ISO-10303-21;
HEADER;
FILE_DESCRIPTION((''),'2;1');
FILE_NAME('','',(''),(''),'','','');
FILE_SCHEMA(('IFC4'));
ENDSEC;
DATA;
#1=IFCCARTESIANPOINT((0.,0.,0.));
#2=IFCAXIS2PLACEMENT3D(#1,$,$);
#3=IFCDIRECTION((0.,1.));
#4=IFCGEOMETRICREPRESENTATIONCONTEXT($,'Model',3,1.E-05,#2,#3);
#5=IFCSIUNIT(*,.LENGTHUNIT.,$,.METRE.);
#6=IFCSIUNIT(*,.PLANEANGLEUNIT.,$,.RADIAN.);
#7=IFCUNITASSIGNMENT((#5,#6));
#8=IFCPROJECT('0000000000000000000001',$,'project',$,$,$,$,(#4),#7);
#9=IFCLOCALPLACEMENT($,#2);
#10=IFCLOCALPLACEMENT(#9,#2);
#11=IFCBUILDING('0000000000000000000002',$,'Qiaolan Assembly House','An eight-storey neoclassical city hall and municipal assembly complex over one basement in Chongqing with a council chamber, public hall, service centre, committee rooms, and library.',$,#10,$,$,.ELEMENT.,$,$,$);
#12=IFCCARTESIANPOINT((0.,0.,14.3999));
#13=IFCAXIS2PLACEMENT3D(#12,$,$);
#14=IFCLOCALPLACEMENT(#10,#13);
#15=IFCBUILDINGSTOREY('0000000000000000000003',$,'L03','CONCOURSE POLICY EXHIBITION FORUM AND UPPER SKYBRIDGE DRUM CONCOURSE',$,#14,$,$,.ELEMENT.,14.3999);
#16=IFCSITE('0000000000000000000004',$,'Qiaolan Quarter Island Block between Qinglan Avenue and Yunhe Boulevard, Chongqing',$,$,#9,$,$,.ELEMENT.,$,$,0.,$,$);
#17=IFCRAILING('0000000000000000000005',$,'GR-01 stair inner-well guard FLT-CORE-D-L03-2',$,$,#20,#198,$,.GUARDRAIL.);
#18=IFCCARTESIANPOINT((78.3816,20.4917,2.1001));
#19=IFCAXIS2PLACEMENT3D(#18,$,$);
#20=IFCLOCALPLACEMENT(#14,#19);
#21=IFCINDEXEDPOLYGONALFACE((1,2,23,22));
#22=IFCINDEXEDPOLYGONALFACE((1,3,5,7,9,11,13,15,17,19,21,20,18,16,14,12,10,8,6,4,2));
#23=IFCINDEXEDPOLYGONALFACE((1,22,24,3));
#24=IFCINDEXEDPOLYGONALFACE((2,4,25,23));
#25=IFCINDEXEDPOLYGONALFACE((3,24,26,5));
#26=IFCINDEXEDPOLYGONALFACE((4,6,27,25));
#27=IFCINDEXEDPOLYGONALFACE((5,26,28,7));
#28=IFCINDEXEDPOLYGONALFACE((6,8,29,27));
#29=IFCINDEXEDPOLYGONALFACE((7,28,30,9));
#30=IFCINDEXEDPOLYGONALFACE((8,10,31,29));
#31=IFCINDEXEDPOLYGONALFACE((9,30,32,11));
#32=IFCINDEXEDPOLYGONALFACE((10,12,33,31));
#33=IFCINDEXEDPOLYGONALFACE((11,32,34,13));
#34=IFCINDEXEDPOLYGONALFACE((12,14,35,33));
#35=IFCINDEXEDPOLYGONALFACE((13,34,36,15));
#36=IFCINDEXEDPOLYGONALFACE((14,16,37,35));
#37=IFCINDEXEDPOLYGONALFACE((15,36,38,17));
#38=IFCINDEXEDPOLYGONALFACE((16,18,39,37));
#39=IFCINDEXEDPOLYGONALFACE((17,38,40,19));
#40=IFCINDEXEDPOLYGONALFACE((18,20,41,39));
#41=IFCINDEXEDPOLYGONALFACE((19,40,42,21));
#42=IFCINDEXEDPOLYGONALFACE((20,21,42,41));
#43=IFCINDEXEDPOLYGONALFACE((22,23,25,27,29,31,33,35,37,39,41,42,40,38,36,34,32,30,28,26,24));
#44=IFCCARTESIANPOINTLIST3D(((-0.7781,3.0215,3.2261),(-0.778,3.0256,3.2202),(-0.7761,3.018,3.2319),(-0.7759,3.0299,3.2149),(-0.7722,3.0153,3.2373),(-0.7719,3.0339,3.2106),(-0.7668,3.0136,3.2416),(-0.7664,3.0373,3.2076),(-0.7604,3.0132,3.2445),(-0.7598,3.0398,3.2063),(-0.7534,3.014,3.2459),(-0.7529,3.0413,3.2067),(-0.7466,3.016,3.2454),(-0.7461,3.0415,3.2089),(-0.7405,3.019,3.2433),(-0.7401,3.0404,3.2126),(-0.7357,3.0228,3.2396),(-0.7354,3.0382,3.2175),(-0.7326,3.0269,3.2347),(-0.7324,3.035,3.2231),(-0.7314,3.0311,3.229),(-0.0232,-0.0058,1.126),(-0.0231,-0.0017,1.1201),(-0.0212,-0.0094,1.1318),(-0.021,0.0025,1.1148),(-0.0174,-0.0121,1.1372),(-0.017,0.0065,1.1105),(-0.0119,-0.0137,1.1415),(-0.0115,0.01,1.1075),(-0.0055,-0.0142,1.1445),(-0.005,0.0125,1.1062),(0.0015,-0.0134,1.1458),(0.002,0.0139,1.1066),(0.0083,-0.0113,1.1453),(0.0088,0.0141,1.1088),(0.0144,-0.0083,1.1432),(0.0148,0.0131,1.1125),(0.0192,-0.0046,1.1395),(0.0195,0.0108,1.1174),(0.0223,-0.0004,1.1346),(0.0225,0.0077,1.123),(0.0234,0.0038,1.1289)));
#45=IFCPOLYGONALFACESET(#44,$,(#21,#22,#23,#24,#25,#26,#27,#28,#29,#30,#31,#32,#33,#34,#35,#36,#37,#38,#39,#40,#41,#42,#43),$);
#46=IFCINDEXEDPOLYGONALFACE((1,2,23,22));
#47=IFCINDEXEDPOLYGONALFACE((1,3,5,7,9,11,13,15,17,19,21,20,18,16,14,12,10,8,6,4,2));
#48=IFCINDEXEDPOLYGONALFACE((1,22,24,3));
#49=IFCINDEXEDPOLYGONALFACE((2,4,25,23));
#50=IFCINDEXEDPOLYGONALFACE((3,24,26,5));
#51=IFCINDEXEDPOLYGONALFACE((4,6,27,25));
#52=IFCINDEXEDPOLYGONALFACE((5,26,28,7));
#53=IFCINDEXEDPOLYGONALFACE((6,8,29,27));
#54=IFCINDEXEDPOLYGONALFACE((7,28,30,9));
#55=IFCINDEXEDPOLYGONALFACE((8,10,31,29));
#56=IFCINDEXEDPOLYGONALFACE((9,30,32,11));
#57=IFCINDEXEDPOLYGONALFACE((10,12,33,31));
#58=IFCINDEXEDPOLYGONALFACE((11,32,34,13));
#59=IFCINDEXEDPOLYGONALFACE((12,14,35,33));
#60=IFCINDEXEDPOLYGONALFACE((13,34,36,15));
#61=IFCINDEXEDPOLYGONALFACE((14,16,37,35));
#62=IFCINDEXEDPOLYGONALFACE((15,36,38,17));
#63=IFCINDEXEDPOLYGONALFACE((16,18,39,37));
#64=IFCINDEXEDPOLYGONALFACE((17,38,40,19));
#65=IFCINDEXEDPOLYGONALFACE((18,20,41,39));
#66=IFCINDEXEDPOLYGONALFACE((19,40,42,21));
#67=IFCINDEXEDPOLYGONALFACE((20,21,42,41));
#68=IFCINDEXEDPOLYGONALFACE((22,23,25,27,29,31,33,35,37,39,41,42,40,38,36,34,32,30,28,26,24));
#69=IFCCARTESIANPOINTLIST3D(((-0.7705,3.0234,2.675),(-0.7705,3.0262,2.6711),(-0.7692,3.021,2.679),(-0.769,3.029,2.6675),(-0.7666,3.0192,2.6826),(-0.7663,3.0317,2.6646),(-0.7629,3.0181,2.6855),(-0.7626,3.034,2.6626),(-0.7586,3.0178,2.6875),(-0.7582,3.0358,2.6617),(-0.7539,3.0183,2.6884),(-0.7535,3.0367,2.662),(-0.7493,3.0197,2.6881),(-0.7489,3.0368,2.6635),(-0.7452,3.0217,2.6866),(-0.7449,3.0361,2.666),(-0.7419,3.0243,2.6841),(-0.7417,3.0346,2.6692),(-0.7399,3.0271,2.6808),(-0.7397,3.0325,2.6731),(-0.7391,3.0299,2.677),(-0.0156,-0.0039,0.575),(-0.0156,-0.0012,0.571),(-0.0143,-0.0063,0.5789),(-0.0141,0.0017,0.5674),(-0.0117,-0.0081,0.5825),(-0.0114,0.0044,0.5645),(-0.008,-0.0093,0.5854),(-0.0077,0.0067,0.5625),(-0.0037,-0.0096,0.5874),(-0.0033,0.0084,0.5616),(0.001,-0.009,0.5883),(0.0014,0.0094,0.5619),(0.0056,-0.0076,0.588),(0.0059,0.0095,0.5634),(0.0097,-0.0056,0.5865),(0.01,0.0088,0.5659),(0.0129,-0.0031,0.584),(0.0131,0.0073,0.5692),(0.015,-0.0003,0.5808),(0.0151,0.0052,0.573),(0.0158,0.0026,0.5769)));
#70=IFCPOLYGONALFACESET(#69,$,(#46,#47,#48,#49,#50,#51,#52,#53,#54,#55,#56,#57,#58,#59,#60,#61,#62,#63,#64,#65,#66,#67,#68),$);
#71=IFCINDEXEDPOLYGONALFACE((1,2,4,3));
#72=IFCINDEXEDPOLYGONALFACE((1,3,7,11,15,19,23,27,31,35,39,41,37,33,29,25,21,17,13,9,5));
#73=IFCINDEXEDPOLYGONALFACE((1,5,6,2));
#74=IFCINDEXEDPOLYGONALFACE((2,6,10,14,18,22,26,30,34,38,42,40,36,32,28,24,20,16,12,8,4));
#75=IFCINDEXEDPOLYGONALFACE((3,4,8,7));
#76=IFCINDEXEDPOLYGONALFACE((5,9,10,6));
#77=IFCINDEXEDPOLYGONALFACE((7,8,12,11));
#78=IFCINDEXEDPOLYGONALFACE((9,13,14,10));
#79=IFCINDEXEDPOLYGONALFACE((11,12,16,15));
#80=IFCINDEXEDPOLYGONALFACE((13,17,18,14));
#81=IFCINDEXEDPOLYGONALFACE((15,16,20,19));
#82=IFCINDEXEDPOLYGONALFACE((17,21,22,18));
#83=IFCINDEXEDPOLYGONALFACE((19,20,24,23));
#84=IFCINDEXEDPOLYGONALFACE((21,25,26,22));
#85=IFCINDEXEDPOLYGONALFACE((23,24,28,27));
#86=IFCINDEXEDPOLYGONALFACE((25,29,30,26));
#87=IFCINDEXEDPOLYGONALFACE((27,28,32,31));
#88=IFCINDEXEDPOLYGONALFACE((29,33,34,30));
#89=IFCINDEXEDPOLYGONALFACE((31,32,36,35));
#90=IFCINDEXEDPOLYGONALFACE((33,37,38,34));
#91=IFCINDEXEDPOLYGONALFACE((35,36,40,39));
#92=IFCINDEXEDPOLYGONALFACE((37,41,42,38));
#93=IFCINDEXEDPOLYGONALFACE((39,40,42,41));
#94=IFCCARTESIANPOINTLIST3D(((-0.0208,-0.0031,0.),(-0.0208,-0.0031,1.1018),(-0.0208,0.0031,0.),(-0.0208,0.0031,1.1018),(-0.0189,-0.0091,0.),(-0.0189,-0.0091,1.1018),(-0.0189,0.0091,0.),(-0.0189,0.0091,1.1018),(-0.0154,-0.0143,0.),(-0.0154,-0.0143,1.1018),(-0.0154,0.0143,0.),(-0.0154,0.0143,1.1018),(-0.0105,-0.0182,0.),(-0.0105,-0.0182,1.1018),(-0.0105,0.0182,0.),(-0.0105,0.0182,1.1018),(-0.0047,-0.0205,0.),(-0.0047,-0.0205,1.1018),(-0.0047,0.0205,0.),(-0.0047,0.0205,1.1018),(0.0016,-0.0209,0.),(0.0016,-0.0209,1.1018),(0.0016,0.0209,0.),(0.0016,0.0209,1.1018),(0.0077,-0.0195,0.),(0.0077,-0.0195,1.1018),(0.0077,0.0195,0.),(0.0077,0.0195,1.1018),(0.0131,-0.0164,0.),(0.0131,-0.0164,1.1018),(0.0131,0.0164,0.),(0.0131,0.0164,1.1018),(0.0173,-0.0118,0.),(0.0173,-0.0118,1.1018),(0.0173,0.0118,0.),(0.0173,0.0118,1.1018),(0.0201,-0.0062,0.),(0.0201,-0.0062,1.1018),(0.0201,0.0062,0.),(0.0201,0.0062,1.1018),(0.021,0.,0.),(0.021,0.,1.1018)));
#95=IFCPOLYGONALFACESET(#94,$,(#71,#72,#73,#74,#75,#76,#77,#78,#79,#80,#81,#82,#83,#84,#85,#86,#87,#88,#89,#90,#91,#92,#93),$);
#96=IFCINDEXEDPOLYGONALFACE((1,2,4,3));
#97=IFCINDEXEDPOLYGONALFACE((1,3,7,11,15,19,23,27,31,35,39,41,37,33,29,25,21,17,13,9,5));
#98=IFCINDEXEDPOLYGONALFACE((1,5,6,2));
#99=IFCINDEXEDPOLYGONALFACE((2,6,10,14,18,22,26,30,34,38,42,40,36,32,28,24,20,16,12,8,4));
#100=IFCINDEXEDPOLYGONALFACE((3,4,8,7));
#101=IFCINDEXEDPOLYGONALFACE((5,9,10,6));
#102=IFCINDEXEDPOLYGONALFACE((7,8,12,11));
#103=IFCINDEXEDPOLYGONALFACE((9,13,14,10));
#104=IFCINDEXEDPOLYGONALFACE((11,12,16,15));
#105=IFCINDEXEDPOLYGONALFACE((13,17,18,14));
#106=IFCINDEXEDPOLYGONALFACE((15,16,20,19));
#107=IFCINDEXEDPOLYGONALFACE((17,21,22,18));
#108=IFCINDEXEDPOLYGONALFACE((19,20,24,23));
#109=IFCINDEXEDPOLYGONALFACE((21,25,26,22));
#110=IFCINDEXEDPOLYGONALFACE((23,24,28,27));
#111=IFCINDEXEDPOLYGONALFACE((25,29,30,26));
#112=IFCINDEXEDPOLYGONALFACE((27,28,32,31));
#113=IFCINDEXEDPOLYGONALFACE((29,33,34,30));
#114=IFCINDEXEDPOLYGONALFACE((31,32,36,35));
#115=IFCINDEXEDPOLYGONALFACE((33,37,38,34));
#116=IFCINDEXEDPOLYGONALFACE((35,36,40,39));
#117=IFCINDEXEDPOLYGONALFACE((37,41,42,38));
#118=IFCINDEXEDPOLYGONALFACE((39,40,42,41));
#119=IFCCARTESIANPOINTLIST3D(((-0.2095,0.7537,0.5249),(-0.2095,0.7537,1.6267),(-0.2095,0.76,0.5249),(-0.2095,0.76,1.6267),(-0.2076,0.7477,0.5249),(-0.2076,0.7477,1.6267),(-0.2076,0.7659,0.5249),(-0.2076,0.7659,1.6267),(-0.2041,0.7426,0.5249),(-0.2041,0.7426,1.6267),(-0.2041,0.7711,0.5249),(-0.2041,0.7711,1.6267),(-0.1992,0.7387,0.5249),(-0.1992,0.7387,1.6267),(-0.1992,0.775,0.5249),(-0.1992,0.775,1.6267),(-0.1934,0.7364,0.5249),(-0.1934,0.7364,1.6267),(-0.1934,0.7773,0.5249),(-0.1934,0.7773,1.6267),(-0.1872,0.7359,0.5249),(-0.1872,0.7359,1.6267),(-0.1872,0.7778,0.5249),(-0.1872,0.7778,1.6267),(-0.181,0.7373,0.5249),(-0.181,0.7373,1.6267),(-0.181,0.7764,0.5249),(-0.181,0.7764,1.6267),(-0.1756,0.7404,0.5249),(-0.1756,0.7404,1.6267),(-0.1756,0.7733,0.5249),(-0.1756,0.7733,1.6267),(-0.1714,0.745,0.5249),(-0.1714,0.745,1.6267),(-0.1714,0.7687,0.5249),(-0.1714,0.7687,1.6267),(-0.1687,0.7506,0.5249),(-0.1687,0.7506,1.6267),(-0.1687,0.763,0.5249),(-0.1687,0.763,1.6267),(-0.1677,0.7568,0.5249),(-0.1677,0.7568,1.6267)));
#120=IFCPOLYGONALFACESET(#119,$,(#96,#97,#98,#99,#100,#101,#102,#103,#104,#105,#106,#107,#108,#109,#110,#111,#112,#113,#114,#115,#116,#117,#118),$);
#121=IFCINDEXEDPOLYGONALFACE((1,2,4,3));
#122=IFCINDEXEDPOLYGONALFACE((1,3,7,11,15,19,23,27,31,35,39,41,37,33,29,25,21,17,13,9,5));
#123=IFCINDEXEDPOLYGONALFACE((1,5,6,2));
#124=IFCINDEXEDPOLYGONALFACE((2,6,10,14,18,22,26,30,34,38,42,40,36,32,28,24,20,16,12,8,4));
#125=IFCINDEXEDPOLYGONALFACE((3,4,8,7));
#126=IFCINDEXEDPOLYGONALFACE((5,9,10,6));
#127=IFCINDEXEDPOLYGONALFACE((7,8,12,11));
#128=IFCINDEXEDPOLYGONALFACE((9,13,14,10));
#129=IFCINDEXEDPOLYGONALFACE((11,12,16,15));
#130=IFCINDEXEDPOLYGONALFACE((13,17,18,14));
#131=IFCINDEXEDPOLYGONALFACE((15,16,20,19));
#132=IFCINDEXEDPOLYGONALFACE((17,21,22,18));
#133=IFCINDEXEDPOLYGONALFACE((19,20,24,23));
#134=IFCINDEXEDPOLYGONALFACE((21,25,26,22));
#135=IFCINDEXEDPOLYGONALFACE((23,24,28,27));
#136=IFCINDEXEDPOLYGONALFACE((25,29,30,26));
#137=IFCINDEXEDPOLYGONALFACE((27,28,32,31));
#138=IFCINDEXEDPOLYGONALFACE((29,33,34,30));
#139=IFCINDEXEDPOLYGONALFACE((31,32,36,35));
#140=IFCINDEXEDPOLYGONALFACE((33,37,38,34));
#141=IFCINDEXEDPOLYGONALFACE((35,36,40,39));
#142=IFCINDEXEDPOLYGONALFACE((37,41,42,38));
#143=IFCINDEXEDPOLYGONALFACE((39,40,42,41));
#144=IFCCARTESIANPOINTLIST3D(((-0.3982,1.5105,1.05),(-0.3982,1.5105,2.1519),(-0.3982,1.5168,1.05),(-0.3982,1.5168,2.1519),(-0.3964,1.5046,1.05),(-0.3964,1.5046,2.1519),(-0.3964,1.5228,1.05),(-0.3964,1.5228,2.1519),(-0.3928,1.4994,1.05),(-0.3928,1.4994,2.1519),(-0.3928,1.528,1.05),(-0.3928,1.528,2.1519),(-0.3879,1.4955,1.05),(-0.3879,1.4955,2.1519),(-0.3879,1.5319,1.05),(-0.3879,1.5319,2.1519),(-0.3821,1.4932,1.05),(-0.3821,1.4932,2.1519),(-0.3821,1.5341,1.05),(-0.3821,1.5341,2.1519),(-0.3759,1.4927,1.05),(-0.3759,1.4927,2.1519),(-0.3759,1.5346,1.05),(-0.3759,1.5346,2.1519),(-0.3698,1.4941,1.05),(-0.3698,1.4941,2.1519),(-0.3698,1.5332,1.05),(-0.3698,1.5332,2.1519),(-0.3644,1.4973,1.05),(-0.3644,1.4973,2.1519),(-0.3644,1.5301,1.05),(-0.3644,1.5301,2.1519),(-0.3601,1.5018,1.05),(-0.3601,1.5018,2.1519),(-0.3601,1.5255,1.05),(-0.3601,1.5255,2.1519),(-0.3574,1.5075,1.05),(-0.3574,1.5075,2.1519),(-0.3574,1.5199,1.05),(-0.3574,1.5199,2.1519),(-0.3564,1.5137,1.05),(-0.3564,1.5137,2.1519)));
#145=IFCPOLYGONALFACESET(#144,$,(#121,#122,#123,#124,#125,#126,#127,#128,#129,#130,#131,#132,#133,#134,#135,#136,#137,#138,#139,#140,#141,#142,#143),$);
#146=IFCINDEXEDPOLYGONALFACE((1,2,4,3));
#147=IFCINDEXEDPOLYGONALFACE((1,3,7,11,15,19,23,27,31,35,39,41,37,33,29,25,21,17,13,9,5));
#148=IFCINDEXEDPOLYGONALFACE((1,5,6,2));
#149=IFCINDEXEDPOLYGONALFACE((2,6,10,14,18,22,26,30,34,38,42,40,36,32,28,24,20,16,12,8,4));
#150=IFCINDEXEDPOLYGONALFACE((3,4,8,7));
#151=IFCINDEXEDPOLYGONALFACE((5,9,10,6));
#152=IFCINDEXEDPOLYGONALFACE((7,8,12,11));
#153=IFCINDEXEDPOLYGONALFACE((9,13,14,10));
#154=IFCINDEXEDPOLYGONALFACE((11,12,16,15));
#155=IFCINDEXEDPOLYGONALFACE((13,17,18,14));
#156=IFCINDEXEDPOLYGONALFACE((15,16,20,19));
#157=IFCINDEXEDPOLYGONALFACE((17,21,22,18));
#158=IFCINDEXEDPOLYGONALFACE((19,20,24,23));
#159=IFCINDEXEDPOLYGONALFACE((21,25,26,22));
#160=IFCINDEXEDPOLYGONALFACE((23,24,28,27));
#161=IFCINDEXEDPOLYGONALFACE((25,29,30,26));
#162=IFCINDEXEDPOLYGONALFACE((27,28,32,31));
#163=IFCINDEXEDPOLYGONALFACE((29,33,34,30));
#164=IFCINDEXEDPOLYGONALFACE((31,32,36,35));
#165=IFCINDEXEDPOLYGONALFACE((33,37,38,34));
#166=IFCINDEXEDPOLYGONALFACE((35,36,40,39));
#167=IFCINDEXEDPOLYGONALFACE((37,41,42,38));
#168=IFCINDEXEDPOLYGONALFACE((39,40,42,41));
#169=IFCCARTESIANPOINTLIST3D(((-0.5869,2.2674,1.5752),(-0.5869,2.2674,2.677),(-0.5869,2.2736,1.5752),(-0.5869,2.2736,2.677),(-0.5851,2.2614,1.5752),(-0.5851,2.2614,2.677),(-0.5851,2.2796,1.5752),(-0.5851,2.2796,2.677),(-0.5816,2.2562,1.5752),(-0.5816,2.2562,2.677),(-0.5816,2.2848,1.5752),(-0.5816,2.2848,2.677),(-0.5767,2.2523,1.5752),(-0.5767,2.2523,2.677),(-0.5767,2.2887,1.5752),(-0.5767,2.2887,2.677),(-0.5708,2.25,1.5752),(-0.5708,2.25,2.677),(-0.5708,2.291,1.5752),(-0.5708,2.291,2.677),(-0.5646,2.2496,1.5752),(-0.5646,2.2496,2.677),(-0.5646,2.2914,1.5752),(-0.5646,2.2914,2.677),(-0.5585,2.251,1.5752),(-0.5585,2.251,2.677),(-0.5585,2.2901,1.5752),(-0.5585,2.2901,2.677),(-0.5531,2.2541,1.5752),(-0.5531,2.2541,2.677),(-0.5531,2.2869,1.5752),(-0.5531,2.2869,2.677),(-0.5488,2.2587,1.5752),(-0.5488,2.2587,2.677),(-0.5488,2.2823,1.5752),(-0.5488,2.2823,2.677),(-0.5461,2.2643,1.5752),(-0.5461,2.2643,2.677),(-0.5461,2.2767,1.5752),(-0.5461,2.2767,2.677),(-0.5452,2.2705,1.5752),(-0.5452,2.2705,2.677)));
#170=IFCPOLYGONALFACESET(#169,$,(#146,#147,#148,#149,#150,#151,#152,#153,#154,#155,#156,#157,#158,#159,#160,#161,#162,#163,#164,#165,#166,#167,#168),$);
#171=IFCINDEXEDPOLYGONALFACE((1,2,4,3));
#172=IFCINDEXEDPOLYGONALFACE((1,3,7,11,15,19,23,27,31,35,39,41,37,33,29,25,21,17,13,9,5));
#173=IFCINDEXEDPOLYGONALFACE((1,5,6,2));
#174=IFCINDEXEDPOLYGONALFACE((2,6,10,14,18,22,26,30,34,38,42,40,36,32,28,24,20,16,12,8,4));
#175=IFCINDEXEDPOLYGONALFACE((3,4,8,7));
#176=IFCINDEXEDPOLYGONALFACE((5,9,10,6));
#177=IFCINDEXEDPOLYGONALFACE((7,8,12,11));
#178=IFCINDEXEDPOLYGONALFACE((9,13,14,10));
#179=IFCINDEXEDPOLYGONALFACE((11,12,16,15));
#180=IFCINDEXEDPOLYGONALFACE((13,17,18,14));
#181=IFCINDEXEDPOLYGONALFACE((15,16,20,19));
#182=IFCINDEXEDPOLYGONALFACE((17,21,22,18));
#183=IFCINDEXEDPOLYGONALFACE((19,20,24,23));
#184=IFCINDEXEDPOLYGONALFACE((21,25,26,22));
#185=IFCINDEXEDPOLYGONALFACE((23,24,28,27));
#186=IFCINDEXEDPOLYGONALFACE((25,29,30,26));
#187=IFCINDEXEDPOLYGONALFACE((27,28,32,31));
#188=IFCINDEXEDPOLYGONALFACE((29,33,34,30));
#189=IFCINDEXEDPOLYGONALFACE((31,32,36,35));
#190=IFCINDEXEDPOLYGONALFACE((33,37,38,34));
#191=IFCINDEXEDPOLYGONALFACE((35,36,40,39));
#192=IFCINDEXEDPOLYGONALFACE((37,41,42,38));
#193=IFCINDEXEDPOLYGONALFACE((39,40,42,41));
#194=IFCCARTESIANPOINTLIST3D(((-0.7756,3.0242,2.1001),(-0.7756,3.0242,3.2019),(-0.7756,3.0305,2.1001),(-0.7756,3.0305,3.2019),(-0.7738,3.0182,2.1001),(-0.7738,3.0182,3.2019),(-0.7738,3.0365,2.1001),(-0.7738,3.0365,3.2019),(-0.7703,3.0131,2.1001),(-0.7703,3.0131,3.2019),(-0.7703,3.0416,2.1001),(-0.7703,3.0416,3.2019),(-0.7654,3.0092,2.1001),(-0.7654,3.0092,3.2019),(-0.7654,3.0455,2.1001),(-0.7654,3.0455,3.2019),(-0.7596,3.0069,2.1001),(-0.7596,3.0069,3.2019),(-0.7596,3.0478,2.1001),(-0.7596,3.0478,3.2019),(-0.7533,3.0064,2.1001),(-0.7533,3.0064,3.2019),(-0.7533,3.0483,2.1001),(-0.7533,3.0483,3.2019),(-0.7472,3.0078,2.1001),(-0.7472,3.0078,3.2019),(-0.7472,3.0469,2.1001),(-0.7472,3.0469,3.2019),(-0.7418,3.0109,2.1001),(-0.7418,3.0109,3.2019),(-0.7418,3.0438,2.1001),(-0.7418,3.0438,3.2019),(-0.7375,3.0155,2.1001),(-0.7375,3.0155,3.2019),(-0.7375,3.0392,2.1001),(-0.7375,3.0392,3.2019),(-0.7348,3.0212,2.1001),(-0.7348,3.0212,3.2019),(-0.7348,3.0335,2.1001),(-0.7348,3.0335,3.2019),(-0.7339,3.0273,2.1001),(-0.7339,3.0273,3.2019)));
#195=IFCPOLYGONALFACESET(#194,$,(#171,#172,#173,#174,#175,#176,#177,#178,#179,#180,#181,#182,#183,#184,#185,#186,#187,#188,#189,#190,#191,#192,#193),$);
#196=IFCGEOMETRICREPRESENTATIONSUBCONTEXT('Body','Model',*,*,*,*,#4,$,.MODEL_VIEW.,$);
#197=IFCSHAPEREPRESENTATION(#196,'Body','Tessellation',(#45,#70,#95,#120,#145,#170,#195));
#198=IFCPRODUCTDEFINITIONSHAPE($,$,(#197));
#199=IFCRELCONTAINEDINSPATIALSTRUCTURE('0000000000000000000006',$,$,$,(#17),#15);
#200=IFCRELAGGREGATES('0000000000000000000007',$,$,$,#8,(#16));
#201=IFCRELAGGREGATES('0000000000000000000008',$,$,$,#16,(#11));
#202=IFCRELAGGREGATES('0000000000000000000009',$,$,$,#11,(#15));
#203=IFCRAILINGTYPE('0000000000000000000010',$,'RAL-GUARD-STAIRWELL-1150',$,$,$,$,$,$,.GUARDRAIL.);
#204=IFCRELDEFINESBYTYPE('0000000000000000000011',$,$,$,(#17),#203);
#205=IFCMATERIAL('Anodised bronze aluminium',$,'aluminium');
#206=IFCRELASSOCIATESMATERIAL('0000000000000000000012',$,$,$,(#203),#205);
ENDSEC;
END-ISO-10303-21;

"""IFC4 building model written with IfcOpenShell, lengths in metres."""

from ifc_helpers import new_model, si_unit, direction, frame, origin, origin_2d, place, context, subcontext, project, spatial, circle, extrude, material, type_object, element, save


model = new_model("IFC4")

# Units and contexts
model_context = context("Model", 3, precision=1e-05, world=origin(), true_north=direction((0.0, 1.0)))
body_context = subcontext(model_context, "Body", "Model", "MODEL_VIEW")
ifc_project = project(units=[si_unit("LENGTHUNIT", "METRE"), si_unit("PLANEANGLEUNIT", "RADIAN")], contexts=[model_context])

# Site, building, storey
site_placement = place(None, origin())
site = spatial("IfcSite", under=ifc_project, at=site_placement, Name="Qiaolan Quarter Island Block between Qinglan Avenue and Yunhe Boulevard, Chongqing", CompositionType="ELEMENT", RefElevation=0.0)
building_placement = place(site_placement, origin())
building = spatial("IfcBuilding", under=site, at=building_placement, Name="Qiaolan Assembly House", Description="An eight-storey neoclassical city hall and municipal assembly complex over one basement in Chongqing with a council chamber, public hall, service centre, committee rooms, and library.", CompositionType="ELEMENT")
storey_placement = place(building_placement, frame((0.0, 0.0, 14.3999)))
storey = spatial("IfcBuildingStorey", under=building, at=storey_placement, Name="L03", Description="CONCOURSE POLICY EXHIBITION FORUM AND UPPER SKYBRIDGE DRUM CONCOURSE", CompositionType="ELEMENT", Elevation=14.3999)

# Railing
ifc_material_1 = material(Name="Anodised bronze aluminium", Category="aluminium")
railing_type_1 = type_object("IfcRailingType", Name="RAL-GUARD-STAIRWELL-1150", PredefinedType="GUARDRAIL", material=ifc_material_1)
railing_1_placement = place(storey_placement, frame((78.3816, 20.4917, 2.1001)))
element("IfcRailing", 1, at=railing_1_placement, inside=storey, type_object=railing_type_1, Name="GR-01 stair inner-well guard FLT-CORE-D-L03-2", PredefinedType="GUARDRAIL", context=body_context, shape_type="SweptSolid", body=[
    extrude(circle(Radius=0.0239, at=origin_2d()), frame((0.0, 0.0, 1.126), z_axis=(-0.200714, 0.804932, 0.558389), x_axis=(-0.97029, -0.241946, 0.0)), (0.0, 0.0, 1.0), 3.761),
    extrude(circle(Radius=0.0161, at=origin_2d()), frame((0.0, 0.0, 0.575), z_axis=(-0.200714, 0.804932, 0.558389), x_axis=(-0.97029, -0.241946, 0.0)), (0.0, 0.0, 1.0), 3.761),
    extrude(circle(Radius=0.021, at=origin_2d()), origin(), (0.0, 0.0, 1.0), 1.1018),
    extrude(circle(Radius=0.021, at=origin_2d()), frame((-0.1887, 0.7568, 0.5249)), (0.0, 0.0, 1.0), 1.1018),
    extrude(circle(Radius=0.021, at=origin_2d()), frame((-0.3774, 1.5137, 1.05)), (0.0, 0.0, 1.0), 1.1018),
    extrude(circle(Radius=0.021, at=origin_2d()), frame((-0.5662, 2.2705, 1.5752)), (0.0, 0.0, 1.0), 1.1018),
    extrude(circle(Radius=0.021, at=origin_2d()), frame((-0.7549, 3.0273, 2.1001)), (0.0, 0.0, 1.0), 1.1018),
])

save(model, "model.ifc")
